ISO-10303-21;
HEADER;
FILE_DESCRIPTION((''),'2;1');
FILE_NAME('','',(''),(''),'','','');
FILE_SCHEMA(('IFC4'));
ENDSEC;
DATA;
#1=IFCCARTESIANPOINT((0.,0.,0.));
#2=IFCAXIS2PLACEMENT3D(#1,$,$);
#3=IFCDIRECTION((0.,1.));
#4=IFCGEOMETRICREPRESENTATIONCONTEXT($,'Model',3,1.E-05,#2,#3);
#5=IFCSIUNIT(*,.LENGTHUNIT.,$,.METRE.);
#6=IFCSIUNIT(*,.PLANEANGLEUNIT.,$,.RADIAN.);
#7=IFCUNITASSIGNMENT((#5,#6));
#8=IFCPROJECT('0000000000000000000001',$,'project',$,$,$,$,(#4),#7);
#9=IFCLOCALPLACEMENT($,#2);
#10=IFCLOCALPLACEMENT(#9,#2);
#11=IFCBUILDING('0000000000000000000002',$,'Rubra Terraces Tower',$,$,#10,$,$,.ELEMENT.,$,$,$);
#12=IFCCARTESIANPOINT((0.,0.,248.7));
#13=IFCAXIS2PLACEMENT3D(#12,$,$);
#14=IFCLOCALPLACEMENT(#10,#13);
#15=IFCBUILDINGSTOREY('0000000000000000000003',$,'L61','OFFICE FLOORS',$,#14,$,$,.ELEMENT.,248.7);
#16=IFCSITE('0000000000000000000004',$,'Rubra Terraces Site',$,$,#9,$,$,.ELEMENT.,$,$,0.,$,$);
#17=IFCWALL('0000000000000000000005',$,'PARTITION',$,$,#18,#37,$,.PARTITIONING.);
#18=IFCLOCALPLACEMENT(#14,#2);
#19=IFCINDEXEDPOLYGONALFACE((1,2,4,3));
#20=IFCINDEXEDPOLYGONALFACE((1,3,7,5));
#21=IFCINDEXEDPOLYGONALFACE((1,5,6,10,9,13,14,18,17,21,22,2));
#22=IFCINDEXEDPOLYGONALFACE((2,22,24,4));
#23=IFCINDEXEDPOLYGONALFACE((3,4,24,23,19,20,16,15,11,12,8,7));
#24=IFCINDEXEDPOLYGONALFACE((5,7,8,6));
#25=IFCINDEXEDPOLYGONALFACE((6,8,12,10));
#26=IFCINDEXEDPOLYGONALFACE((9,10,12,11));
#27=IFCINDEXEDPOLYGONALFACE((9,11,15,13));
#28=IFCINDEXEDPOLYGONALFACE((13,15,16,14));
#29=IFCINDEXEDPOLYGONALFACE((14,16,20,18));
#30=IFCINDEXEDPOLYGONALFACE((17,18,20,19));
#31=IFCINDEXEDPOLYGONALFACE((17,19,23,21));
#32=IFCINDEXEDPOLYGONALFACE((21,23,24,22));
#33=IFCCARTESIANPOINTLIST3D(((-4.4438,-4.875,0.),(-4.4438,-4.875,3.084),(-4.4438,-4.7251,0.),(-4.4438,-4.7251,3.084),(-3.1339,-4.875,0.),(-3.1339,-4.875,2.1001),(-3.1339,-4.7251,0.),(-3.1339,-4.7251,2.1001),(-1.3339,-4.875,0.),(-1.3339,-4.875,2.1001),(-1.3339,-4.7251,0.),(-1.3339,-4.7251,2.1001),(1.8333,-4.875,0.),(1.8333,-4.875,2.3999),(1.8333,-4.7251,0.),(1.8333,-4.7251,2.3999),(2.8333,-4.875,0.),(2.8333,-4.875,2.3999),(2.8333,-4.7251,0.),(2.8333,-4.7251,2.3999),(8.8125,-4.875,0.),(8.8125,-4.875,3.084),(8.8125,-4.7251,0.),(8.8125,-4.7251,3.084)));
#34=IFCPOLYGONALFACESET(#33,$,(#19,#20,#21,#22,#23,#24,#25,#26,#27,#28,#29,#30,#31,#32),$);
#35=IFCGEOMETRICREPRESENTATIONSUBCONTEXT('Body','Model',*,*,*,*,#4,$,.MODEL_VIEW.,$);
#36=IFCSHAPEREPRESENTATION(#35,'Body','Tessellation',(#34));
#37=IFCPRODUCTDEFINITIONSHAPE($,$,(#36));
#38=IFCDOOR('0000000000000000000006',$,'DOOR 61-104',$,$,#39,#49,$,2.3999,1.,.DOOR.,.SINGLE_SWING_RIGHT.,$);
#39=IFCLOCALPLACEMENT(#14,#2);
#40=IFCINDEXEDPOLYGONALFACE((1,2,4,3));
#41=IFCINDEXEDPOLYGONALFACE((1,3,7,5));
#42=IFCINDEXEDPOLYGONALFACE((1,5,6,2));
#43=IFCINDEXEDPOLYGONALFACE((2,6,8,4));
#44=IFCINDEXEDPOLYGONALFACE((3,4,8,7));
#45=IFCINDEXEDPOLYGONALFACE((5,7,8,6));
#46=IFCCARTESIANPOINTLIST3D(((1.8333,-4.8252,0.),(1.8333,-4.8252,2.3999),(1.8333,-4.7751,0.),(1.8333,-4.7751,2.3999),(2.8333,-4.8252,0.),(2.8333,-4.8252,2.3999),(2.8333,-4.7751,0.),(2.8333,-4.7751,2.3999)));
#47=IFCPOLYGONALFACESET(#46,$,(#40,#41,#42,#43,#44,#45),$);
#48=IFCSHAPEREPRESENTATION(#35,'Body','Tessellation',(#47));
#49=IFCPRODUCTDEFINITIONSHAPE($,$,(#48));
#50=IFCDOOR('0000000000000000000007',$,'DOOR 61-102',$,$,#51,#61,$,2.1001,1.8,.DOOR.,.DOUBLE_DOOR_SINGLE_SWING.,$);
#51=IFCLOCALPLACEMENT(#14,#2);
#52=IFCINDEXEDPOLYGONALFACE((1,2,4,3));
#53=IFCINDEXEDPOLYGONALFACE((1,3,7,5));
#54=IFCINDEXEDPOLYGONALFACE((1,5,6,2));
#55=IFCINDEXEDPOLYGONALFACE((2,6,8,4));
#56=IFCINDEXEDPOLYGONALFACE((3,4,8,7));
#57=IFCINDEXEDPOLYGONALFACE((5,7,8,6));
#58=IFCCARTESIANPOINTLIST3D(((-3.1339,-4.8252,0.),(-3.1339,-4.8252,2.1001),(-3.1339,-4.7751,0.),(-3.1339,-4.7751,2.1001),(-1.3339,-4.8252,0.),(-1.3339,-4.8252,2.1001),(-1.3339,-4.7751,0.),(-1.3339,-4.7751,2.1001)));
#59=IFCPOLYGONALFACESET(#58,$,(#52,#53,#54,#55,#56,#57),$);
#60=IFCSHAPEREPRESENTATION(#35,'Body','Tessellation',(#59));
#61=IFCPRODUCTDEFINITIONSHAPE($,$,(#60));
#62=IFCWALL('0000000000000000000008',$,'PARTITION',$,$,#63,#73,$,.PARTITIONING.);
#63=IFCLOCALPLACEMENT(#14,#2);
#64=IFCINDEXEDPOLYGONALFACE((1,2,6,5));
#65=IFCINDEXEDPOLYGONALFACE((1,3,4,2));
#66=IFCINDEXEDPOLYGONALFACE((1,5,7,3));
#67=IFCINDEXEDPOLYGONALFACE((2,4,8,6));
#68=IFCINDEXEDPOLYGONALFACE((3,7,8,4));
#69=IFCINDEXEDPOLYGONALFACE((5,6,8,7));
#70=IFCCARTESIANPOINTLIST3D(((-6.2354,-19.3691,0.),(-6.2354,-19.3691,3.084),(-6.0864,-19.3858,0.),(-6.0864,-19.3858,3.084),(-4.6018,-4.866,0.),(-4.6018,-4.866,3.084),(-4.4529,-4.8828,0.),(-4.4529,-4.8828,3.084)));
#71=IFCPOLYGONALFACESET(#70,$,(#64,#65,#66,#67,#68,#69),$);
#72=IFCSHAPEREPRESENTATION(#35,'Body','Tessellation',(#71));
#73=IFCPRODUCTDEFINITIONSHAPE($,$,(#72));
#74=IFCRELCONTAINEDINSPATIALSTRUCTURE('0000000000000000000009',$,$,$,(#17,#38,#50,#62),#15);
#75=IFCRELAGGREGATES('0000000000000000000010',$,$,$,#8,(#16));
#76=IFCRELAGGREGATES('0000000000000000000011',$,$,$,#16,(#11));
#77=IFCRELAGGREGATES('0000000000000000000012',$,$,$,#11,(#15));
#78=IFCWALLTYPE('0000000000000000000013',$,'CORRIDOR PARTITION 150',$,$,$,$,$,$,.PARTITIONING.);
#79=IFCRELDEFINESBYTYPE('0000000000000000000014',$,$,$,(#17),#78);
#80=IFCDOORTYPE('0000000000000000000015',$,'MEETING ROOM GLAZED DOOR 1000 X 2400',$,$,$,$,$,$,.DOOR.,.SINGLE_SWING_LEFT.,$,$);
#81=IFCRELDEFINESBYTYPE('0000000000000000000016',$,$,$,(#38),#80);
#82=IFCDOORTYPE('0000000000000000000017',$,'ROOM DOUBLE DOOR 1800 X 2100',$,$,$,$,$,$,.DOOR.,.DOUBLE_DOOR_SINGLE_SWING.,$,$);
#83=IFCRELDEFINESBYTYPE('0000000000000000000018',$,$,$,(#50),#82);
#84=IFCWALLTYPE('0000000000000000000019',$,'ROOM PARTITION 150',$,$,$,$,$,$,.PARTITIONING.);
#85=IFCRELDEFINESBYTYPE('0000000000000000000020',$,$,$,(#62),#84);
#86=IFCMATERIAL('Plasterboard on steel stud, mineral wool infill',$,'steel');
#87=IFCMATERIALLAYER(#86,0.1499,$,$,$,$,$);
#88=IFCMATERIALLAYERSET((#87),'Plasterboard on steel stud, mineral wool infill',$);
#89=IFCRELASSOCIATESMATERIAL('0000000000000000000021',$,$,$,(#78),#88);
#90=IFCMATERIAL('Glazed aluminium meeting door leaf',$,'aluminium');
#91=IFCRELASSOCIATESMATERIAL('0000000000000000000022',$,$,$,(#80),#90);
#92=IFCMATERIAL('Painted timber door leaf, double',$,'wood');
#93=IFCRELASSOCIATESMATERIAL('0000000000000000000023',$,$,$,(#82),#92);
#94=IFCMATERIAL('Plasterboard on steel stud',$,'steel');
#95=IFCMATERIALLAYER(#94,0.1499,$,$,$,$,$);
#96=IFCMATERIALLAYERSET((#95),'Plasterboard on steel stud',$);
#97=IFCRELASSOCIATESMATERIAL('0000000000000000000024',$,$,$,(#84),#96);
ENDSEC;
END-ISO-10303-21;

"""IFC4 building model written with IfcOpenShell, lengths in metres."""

from ifc_helpers import new_model, si_unit, direction, frame, frame_2d, origin, place, context, subcontext, project, spatial, rectangle, extrude, material, layer, layer_set, type_object, element, fill, save


model = new_model("IFC4")

# Units and contexts
model_context = context("Model", 3, precision=1e-05, world=origin(), true_north=direction((0.0, 1.0)))
body_context = subcontext(model_context, "Body", "Model", "MODEL_VIEW")
ifc_project = project(units=[si_unit("LENGTHUNIT", "METRE"), si_unit("PLANEANGLEUNIT", "RADIAN")], contexts=[model_context])

# Site, building, storey
site_placement = place(None, origin())
site = spatial("IfcSite", under=ifc_project, at=site_placement, Name="Rubra Terraces Site", CompositionType="ELEMENT", RefElevation=0.0)
building_placement = place(site_placement, origin())
building = spatial("IfcBuilding", under=site, at=building_placement, Name="Rubra Terraces Tower", CompositionType="ELEMENT")
storey_placement = place(building_placement, frame((0.0, 0.0, 248.7)))
storey = spatial("IfcBuildingStorey", under=building, at=storey_placement, Name="L61", Description="OFFICE FLOORS", CompositionType="ELEMENT", Elevation=248.7)

# Wall, openings, doors
ifc_material_1 = material(Name="Plasterboard on steel stud, mineral wool infill", Category="steel")
ifc_layer_1 = layer(ifc_material_1, 0.1499)
ifc_layer_set_1 = layer_set([ifc_layer_1], Name="Plasterboard on steel stud, mineral wool infill")
wall_type_1 = type_object("IfcWallType", Name="CORRIDOR PARTITION 150", PredefinedType="PARTITIONING", material=ifc_layer_set_1)
wall_1_placement = place(storey_placement, frame((-4.4438, -4.8, 0.0), z_axis=(0.0, 0.0, 1.0), x_axis=(1.0, 0.0, 0.0)))
wall_1 = element("IfcWall", 1, at=wall_1_placement, inside=storey, type_object=wall_type_1, Name="PARTITION", PredefinedType="PARTITIONING", context=body_context, shape_type="SweptSolid", body=[
    extrude(rectangle(XDim=13.2563, YDim=0.1499, at=frame_2d((6.6282, 0.0))), origin(), (0.0, 0.0, 1.0), 3.084),
])
opening_1_placement = place(wall_1_placement, frame((1.3101, 0.0, 0.0)))
opening_1 = element("IfcOpeningElement", 2, at=opening_1_placement, cuts=wall_1, PredefinedType="OPENING", context=body_context, shape_type="SweptSolid", body=[
    extrude(rectangle(XDim=1.8, YDim=2.1001, at=frame_2d((0.8999, 1.05))), frame((0.0, 0.085, 0.0), z_axis=(0.0, -1.0, 0.0), x_axis=(1.0, 0.0, 0.0)), (0.0, 0.0, 1.0), 0.1699),
])
opening_2_placement = place(wall_1_placement, frame((6.2771, 0.0, 0.0)))
opening_2 = element("IfcOpeningElement", 3, at=opening_2_placement, cuts=wall_1, PredefinedType="OPENING", context=body_context, shape_type="SweptSolid", body=[
    extrude(rectangle(XDim=1.0, YDim=2.3999, at=frame_2d((0.5, 1.2))), frame((0.0, 0.085, 0.0), z_axis=(0.0, -1.0, 0.0), x_axis=(1.0, 0.0, 0.0)), (0.0, 0.0, 1.0), 0.1699),
])
ifc_material_2 = material(Name="Glazed aluminium meeting door leaf", Category="aluminium")
door_type_1 = type_object("IfcDoorType", Name="MEETING ROOM GLAZED DOOR 1000 X 2400", OperationType="SINGLE_SWING_LEFT", PredefinedType="DOOR", material=ifc_material_2)
door_1_placement = place(opening_2_placement, origin())
door_1 = element("IfcDoor", 4, at=door_1_placement, inside=storey, type_object=door_type_1, Name="DOOR 61-104", OperationType="SINGLE_SWING_RIGHT", OverallHeight=2.3999, OverallWidth=1.0, PredefinedType="DOOR", context=body_context, shape_type="SweptSolid", body=[
    extrude(rectangle(XDim=1.0, YDim=2.3999, at=frame_2d((0.5, 1.2))), frame((0.0, 0.0249, 0.0), z_axis=(0.0, -1.0, 0.0), x_axis=(1.0, 0.0, 0.0)), (0.0, 0.0, 1.0), 0.05),
])
fill(opening_2, door_1)
ifc_material_3 = material(Name="Painted timber door leaf, double", Category="wood")
door_type_2 = type_object("IfcDoorType", Name="ROOM DOUBLE DOOR 1800 X 2100", OperationType="DOUBLE_DOOR_SINGLE_SWING", PredefinedType="DOOR", material=ifc_material_3)
door_2_placement = place(opening_1_placement, origin())
door_2 = element("IfcDoor", 5, at=door_2_placement, inside=storey, type_object=door_type_2, Name="DOOR 61-102", OperationType="DOUBLE_DOOR_SINGLE_SWING", OverallHeight=2.1001, OverallWidth=1.8, PredefinedType="DOOR", context=body_context, shape_type="SweptSolid", body=[
    extrude(rectangle(XDim=1.8, YDim=2.1001, at=frame_2d((0.8999, 1.05))), frame((0.0, 0.0249, 0.0), z_axis=(0.0, -1.0, 0.0), x_axis=(1.0, 0.0, 0.0)), (0.0, 0.0, 1.0), 0.05),
])
fill(opening_1, door_2)

# Wall
ifc_material_4 = material(Name="Plasterboard on steel stud", Category="steel")
ifc_layer_2 = layer(ifc_material_4, 0.1499)
ifc_layer_set_2 = layer_set([ifc_layer_2], Name="Plasterboard on steel stud")
wall_type_2 = type_object("IfcWallType", Name="ROOM PARTITION 150", PredefinedType="PARTITIONING", material=ifc_layer_set_2)
wall_2_placement = place(storey_placement, frame((-6.1609, -19.3774, 0.0), z_axis=(0.0, 0.0, 1.0), x_axis=(0.111928, 0.993716, 0.0)))
element("IfcWall", 6, at=wall_2_placement, inside=storey, type_object=wall_type_2, Name="PARTITION", PredefinedType="PARTITIONING", context=body_context, shape_type="SweptSolid", body=[
    extrude(rectangle(XDim=14.5947, YDim=0.1499, at=frame_2d((7.2974, 0.0))), origin(), (0.0, 0.0, 1.0), 3.084),
])

save(model, "model.ifc")
